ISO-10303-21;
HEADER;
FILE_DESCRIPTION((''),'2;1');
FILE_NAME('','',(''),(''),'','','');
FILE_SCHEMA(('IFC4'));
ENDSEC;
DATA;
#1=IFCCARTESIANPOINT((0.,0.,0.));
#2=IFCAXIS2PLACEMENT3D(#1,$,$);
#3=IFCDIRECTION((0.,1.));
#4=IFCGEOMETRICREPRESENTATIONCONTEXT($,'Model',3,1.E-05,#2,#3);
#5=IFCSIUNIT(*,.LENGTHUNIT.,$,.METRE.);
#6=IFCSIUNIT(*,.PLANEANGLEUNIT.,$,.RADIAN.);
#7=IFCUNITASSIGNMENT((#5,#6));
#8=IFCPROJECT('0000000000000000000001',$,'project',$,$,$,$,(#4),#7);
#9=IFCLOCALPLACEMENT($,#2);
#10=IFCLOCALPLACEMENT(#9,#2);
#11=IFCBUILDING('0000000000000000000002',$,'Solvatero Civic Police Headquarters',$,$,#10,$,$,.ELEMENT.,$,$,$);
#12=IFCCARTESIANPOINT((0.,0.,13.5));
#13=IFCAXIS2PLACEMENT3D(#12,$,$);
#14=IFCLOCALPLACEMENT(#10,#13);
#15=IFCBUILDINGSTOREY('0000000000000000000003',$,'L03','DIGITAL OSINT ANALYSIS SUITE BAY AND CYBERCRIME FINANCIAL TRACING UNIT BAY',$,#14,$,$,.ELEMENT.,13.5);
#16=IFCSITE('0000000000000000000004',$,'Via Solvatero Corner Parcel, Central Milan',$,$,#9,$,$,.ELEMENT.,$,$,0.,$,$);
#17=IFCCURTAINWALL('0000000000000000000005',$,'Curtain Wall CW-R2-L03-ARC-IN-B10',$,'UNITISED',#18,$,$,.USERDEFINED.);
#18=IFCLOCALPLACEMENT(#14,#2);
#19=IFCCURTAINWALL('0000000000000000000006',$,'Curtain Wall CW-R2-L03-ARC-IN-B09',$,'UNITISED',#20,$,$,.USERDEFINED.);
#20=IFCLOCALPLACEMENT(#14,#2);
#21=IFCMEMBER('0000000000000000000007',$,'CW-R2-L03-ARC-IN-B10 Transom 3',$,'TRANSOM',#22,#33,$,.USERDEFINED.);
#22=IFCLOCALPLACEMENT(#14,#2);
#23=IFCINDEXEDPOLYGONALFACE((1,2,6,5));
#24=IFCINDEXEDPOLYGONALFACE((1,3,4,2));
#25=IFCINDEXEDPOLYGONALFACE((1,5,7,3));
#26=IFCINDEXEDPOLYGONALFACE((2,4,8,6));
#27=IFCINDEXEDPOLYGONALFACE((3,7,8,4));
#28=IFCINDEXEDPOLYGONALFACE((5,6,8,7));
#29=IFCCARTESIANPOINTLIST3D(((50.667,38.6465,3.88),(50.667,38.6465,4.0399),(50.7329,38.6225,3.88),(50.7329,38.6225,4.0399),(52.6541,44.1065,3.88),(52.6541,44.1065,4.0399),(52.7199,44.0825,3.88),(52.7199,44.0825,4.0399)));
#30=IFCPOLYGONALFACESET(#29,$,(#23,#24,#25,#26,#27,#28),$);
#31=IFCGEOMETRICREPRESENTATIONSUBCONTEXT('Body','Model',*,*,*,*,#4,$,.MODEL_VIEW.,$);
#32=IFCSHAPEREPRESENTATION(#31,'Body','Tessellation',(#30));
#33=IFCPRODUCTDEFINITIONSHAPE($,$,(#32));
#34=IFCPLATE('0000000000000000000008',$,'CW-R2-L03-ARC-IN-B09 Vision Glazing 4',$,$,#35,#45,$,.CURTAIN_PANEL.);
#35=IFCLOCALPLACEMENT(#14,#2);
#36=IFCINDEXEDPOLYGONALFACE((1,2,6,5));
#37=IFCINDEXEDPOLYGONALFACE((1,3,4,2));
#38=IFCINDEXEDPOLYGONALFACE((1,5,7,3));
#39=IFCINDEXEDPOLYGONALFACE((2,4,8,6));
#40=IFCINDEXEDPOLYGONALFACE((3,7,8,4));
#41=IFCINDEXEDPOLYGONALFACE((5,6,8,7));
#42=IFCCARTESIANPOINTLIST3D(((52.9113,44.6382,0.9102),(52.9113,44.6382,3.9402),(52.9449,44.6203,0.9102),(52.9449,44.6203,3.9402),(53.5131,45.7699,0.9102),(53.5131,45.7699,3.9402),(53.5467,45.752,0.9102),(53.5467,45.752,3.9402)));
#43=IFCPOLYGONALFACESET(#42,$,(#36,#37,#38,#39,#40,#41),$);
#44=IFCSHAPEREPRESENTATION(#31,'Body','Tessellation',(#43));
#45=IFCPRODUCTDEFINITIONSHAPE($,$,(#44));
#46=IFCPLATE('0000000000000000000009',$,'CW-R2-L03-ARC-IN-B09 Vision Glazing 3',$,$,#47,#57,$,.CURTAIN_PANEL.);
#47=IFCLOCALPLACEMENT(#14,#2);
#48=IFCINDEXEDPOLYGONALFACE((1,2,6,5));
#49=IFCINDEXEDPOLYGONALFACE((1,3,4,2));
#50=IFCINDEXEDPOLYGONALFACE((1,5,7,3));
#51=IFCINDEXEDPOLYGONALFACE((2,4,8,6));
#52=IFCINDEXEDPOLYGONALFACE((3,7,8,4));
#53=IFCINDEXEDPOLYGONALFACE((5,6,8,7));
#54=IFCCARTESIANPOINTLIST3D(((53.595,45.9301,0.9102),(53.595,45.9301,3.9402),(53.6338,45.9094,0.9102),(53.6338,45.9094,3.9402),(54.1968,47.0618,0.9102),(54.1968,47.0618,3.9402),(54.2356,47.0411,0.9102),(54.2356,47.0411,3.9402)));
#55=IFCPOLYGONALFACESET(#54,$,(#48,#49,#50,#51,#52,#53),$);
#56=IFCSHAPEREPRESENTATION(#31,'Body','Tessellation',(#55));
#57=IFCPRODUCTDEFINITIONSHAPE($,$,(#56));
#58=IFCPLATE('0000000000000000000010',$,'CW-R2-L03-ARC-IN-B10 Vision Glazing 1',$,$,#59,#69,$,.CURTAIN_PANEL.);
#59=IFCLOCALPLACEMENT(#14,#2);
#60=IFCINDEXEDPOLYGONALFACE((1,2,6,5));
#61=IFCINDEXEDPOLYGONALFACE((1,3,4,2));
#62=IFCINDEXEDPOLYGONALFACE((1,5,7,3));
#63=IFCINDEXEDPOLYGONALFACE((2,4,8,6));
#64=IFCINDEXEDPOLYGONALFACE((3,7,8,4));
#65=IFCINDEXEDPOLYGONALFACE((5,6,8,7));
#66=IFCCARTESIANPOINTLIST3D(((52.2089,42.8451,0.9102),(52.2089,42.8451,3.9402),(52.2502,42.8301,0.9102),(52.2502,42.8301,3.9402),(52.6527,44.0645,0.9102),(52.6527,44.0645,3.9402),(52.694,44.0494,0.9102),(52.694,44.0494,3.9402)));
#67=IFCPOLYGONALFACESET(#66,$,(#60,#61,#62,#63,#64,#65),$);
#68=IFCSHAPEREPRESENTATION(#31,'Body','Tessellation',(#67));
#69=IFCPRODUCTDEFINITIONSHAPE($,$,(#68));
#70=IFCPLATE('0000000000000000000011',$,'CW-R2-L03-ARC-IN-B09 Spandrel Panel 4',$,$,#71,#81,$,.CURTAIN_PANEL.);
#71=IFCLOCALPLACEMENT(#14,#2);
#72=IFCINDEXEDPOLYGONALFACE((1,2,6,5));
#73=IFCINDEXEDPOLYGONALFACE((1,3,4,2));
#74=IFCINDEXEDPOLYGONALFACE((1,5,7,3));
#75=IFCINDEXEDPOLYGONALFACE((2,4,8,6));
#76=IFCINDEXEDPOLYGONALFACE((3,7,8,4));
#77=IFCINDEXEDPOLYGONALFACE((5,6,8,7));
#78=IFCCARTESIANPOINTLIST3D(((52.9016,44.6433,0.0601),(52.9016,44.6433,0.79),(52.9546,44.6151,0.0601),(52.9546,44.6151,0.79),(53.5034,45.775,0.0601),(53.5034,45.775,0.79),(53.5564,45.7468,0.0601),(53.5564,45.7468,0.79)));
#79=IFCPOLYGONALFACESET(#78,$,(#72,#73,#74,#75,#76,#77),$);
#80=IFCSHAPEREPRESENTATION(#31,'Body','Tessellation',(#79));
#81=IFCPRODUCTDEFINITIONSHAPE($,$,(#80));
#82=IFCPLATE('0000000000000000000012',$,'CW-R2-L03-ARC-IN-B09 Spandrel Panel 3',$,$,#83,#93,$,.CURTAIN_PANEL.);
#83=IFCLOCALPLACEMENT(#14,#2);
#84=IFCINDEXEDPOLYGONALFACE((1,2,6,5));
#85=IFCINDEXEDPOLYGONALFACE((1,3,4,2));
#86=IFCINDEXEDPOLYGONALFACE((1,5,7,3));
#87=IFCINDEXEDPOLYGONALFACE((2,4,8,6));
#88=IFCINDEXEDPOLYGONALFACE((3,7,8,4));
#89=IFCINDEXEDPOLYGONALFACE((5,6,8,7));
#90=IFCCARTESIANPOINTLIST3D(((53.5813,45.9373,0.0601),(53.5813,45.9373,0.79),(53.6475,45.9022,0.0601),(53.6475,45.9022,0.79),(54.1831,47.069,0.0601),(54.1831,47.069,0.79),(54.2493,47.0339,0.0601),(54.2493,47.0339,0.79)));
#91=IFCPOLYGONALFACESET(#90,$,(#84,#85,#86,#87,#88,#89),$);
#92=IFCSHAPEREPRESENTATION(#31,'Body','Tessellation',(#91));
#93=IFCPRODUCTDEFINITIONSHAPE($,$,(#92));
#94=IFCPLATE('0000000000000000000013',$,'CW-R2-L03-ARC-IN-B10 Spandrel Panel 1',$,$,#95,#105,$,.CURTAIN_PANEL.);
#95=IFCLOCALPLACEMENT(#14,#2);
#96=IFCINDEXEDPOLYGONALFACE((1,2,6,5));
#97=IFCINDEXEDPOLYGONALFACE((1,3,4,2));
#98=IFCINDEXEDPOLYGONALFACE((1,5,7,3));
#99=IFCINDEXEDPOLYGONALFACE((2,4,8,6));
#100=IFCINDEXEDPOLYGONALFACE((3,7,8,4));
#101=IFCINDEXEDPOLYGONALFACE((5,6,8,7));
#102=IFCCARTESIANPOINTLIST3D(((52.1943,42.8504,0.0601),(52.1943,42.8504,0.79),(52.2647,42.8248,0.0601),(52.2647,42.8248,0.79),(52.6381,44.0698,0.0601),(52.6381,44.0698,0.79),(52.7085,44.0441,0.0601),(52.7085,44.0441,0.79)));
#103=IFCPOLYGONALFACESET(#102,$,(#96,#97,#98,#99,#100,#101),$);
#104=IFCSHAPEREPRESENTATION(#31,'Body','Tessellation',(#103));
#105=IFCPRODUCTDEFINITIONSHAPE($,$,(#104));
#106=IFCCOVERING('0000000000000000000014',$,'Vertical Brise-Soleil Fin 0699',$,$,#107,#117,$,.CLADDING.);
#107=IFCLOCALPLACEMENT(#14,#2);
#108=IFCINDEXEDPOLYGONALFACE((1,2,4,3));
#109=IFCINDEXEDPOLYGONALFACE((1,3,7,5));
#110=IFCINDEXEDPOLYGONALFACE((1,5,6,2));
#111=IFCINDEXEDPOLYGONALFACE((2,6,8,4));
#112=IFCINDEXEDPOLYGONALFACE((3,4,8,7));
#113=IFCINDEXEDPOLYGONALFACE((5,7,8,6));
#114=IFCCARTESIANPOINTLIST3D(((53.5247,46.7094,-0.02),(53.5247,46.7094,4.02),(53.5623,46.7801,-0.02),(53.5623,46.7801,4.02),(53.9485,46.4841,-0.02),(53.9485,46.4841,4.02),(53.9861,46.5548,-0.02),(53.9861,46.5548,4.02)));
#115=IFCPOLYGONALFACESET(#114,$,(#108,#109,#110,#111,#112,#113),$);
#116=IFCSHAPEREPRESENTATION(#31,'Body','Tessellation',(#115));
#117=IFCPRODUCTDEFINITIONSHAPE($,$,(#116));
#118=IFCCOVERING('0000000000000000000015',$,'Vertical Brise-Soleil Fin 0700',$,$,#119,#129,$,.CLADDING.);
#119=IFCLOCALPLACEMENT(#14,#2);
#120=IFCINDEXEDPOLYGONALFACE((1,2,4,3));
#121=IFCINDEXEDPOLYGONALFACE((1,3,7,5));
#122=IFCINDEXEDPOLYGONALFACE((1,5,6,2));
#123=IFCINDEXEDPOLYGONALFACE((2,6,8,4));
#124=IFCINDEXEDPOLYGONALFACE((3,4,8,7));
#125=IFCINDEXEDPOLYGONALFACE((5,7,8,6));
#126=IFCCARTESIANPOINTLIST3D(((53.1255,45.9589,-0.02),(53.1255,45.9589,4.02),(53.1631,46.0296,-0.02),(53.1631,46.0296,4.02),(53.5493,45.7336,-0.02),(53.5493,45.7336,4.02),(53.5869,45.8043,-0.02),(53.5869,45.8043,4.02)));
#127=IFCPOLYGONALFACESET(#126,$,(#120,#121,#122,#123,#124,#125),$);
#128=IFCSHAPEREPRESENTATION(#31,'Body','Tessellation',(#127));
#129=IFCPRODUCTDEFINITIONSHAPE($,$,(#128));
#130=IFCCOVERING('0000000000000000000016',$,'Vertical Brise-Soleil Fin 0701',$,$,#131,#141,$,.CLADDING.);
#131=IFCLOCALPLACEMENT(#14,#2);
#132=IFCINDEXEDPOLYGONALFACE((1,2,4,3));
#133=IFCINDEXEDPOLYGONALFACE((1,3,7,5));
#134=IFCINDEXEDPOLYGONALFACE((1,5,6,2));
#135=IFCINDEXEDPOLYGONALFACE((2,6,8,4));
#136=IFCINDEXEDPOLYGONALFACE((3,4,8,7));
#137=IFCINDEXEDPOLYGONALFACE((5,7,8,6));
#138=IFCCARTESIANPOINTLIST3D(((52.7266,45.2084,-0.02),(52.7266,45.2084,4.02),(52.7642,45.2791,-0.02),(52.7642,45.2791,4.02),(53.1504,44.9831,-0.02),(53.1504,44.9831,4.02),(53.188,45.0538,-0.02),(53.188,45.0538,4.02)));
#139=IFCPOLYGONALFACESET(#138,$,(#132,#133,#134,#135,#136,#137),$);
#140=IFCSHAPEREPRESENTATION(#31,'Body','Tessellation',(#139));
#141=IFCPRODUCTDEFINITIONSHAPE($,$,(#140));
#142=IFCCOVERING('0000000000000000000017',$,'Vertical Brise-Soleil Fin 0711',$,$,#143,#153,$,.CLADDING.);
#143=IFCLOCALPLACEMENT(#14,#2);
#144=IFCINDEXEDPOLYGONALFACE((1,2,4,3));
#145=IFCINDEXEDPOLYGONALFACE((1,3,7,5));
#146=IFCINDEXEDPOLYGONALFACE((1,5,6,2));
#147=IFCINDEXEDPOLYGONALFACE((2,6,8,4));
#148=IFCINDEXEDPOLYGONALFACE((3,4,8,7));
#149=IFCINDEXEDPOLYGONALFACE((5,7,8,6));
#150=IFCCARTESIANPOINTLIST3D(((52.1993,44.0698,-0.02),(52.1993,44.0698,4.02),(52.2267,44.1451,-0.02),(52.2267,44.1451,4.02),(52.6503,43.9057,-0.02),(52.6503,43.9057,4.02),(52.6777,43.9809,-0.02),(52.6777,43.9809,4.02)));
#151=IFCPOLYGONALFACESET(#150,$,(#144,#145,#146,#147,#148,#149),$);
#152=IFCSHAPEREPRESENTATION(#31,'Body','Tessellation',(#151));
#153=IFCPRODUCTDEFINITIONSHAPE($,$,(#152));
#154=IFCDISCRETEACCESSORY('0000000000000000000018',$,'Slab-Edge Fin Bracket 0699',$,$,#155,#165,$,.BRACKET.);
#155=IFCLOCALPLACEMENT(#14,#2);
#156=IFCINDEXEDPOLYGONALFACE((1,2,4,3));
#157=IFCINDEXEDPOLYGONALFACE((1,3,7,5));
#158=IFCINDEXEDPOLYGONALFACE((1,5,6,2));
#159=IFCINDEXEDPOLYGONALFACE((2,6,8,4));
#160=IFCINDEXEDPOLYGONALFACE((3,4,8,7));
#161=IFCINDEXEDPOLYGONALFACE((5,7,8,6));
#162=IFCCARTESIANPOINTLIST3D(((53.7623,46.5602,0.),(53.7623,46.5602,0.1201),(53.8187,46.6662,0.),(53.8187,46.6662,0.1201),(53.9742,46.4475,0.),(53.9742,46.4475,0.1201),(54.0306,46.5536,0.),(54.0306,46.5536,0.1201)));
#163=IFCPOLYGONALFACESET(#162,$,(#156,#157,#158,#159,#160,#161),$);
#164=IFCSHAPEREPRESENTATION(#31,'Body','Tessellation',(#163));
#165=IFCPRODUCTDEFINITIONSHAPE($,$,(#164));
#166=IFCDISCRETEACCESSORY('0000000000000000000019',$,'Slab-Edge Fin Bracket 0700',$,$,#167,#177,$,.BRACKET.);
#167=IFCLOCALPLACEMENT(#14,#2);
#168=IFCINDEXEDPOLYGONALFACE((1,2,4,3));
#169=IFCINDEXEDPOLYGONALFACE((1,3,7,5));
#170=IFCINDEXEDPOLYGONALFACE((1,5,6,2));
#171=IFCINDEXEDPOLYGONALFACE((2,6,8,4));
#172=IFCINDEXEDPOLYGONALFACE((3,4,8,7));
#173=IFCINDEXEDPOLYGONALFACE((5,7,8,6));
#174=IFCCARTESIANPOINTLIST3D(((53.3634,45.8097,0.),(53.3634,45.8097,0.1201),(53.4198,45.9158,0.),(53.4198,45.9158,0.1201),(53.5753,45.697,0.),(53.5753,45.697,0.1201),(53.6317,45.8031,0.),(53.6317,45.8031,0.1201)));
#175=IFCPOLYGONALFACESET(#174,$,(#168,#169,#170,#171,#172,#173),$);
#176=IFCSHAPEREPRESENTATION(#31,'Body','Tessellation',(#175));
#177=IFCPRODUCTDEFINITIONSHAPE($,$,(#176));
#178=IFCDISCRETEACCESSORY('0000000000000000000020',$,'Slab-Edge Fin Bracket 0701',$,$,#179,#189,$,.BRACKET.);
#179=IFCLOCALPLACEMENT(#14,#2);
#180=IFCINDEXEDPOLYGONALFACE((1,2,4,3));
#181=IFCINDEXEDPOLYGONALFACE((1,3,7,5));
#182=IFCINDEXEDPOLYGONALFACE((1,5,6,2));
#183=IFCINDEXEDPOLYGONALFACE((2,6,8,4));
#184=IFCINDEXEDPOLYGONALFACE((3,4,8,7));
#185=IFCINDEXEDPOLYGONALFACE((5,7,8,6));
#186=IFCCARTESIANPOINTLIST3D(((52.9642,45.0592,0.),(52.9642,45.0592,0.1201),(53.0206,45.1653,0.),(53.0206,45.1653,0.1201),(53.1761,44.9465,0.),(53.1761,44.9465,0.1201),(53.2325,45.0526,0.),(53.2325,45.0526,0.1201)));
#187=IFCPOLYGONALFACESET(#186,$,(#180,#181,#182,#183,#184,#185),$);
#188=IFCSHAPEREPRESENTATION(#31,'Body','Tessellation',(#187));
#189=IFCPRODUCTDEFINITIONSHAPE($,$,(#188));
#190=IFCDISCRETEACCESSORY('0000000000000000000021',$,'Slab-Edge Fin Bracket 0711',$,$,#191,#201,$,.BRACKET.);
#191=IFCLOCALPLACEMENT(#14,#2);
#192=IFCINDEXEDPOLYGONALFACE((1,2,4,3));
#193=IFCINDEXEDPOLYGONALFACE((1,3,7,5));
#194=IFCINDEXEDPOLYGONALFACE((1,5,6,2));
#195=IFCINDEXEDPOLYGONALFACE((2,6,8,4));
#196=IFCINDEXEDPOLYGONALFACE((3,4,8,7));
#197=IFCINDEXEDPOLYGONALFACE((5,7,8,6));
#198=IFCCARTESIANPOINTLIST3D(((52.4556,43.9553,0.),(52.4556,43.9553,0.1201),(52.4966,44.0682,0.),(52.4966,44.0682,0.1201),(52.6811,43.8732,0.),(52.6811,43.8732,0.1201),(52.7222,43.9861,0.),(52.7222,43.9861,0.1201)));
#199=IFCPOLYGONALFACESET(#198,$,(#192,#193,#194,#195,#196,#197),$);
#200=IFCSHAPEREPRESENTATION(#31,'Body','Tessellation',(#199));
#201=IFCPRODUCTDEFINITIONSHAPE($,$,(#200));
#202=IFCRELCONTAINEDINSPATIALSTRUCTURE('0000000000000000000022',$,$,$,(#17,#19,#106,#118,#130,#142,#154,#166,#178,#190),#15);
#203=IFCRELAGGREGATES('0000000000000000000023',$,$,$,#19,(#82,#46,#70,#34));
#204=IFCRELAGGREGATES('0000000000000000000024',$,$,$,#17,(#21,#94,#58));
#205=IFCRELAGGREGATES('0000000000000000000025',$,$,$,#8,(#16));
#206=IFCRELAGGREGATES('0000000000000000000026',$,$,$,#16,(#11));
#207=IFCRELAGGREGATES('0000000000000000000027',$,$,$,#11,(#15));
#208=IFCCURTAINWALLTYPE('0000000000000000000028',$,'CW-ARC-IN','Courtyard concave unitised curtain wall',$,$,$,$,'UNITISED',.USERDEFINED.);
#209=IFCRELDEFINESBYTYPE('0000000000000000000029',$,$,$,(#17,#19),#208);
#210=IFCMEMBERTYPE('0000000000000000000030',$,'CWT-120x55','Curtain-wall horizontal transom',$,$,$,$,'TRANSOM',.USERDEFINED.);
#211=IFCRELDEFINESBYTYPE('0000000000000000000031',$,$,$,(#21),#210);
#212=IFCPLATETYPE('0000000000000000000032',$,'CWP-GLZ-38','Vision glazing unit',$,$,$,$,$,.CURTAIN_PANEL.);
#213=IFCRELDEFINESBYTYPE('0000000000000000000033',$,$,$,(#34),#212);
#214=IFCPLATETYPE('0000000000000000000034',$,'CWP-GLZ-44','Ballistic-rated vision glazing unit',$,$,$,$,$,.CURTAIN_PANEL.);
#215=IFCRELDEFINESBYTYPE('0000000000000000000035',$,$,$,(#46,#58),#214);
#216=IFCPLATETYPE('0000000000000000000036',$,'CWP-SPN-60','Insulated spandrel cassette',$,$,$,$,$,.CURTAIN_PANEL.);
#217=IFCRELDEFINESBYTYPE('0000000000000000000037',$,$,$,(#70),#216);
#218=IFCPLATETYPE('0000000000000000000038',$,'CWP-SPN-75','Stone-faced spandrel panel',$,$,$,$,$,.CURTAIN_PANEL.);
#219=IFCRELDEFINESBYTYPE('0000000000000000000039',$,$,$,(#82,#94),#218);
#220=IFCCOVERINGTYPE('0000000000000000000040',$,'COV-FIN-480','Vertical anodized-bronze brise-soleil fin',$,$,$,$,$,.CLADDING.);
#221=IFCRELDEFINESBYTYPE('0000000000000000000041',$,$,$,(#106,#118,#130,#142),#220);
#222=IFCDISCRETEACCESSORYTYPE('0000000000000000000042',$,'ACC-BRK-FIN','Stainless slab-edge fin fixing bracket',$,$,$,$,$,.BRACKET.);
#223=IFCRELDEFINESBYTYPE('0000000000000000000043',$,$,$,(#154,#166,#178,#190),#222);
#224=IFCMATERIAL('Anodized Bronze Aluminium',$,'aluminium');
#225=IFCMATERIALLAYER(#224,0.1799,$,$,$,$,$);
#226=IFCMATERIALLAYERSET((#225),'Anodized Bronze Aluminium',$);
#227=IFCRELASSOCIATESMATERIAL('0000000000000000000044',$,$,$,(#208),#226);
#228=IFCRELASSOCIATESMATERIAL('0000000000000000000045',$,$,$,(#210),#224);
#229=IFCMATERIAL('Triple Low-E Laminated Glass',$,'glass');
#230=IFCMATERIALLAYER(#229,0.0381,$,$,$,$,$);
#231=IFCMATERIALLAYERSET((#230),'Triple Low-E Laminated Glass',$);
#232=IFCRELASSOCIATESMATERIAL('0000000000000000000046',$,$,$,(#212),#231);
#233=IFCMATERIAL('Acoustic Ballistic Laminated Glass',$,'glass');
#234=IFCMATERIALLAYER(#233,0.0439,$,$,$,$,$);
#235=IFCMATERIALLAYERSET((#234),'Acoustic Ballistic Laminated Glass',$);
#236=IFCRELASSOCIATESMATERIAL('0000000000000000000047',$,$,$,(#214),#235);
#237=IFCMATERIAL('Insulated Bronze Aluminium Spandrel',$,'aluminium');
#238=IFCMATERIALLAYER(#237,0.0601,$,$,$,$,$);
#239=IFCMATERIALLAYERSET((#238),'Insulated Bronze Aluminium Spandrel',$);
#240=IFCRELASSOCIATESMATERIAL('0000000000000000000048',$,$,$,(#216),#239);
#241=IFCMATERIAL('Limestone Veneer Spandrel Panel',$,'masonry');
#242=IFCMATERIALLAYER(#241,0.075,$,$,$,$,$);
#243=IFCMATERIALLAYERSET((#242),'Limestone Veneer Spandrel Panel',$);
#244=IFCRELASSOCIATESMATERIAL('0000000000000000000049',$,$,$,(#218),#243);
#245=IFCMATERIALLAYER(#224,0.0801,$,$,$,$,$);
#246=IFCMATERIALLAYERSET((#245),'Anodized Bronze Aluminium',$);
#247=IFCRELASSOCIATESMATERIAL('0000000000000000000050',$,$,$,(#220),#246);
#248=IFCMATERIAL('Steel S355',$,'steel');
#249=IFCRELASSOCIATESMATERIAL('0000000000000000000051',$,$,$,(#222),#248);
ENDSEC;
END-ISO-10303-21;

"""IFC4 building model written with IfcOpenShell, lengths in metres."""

from ifc_helpers import new_model, si_unit, direction, frame, origin, origin_2d, place, context, subcontext, project, spatial, rectangle, extrude, material, layer, layer_set, material_profile, profile_set, type_object, element, aggregate, save


model = new_model("IFC4")

# Units and contexts
model_context = context("Model", 3, precision=1e-05, world=origin(), true_north=direction((0.0, 1.0)))
body_context = subcontext(model_context, "Body", "Model", "MODEL_VIEW")
ifc_project = project(units=[si_unit("LENGTHUNIT", "METRE"), si_unit("PLANEANGLEUNIT", "RADIAN")], contexts=[model_context])

# Site, building, storey
site_placement = place(None, origin())
site = spatial("IfcSite", under=ifc_project, at=site_placement, Name="Via Solvatero Corner Parcel, Central Milan", CompositionType="ELEMENT", RefElevation=0.0)
building_placement = place(site_placement, origin())
building = spatial("IfcBuilding", under=site, at=building_placement, Name="Solvatero Civic Police Headquarters", CompositionType="ELEMENT")
storey_placement = place(building_placement, frame((0.0, 0.0, 13.5)))
storey = spatial("IfcBuildingStorey", under=building, at=storey_placement, Name="L03", Description="DIGITAL OSINT ANALYSIS SUITE BAY AND CYBERCRIME FINANCIAL TRACING UNIT BAY", CompositionType="ELEMENT", Elevation=13.5)

# Shared definitions
ifc_material_1 = material(Name="Steel S355", Category="steel")

# Curtain wall
ifc_material_2 = material(Name="Anodized Bronze Aluminium", Category="aluminium")
ifc_layer_1 = layer(ifc_material_2, 0.1799)
ifc_layer_set_1 = layer_set([ifc_layer_1], Name="Anodized Bronze Aluminium")
curtain_wall_type = type_object("IfcCurtainWallType", Name="CW-ARC-IN", Description="Courtyard concave unitised curtain wall", ElementType="UNITISED", PredefinedType="USERDEFINED", material=ifc_layer_set_1)
curtain_wall_1_placement = place(storey_placement, origin())
curtain_wall_1 = element("IfcCurtainWall", 1, at=curtain_wall_1_placement, inside=storey, type_object=curtain_wall_type, Name="Curtain Wall CW-R2-L03-ARC-IN-B10", ObjectType="UNITISED", PredefinedType="USERDEFINED")

# Curtain wall
curtain_wall_2_placement = place(storey_placement, origin())
curtain_wall_2 = element("IfcCurtainWall", 2, at=curtain_wall_2_placement, inside=storey, type_object=curtain_wall_type, Name="Curtain Wall CW-R2-L03-ARC-IN-B09", ObjectType="UNITISED", PredefinedType="USERDEFINED")

# Member
ifc_material_profile_1 = material_profile(ifc_material_2, rectangle(XDim=0.0701, YDim=0.1599, at=origin_2d()), Name="ALU TRANSOM 70x160")
ifc_profile_set_1 = profile_set([ifc_material_profile_1], Name="Anodized Bronze Aluminium")
member_type_1 = type_object("IfcMemberType", Name="CWT-120x55", Description="Curtain-wall horizontal transom", ElementType="TRANSOM", PredefinedType="USERDEFINED", material=ifc_profile_set_1)
member_1_placement = place(storey_placement, frame((52.687, 44.0945, 3.96), z_axis=(-0.341989, -0.939704, 0.0), x_axis=(0.939704, -0.341989, 0.0)))
member_1 = element("IfcMember", 3, at=member_1_placement, type_object=member_type_1, Name="CW-R2-L03-ARC-IN-B10 Transom 3", ObjectType="TRANSOM", PredefinedType="USERDEFINED", context=body_context, shape_type="SweptSolid", body=[
    extrude(rectangle(XDim=0.0701, YDim=0.1599, at=origin_2d()), origin(), (0.0, 0.0, 1.0), 5.8103),
])

# Plates
ifc_material_3 = material(Name="Triple Low-E Laminated Glass", Category="glass")
ifc_layer_2 = layer(ifc_material_3, 0.0381)
ifc_layer_set_2 = layer_set([ifc_layer_2], Name="Triple Low-E Laminated Glass")
plate_type_1 = type_object("IfcPlateType", Name="CWP-GLZ-38", Description="Vision glazing unit", PredefinedType="CURTAIN_PANEL", material=ifc_layer_set_2)
plate_1_placement = place(storey_placement, frame((53.229, 45.1951, 0.9102), z_axis=(0.0, 0.0, 1.0), x_axis=(-0.469487, -0.882939, 0.0)))
plate_1 = element("IfcPlate", 4, at=plate_1_placement, type_object=plate_type_1, Name="CW-R2-L03-ARC-IN-B09 Vision Glazing 4", PredefinedType="CURTAIN_PANEL", context=body_context, shape_type="SweptSolid", body=[
    extrude(rectangle(XDim=1.2817, YDim=0.0381, at=origin_2d()), origin(), (0.0, 0.0, 1.0), 3.03),
])
ifc_material_4 = material(Name="Acoustic Ballistic Laminated Glass", Category="glass")
ifc_layer_3 = layer(ifc_material_4, 0.0439)
ifc_layer_set_3 = layer_set([ifc_layer_3], Name="Acoustic Ballistic Laminated Glass")
plate_type_2 = type_object("IfcPlateType", Name="CWP-GLZ-44", Description="Ballistic-rated vision glazing unit", PredefinedType="CURTAIN_PANEL", material=ifc_layer_set_3)
plate_2_placement = place(storey_placement, frame((53.9153, 46.4856, 0.9102), z_axis=(0.0, 0.0, 1.0), x_axis=(-0.469487, -0.882939, 0.0)))
plate_2 = element("IfcPlate", 5, at=plate_2_placement, type_object=plate_type_2, Name="CW-R2-L03-ARC-IN-B09 Vision Glazing 3", PredefinedType="CURTAIN_PANEL", context=body_context, shape_type="SweptSolid", body=[
    extrude(rectangle(XDim=1.2817, YDim=0.0439, at=origin_2d()), origin(), (0.0, 0.0, 1.0), 3.03),
])
plate_3_placement = place(storey_placement, frame((52.4514, 43.4473, 0.9102), z_axis=(0.0, 0.0, 1.0), x_axis=(-0.34202, -0.939693, 0.0)))
plate_3 = element("IfcPlate", 6, at=plate_3_placement, type_object=plate_type_2, Name="CW-R2-L03-ARC-IN-B10 Vision Glazing 1", PredefinedType="CURTAIN_PANEL", context=body_context, shape_type="SweptSolid", body=[
    extrude(rectangle(XDim=1.2976, YDim=0.0439, at=origin_2d()), origin(), (0.0, 0.0, 1.0), 3.03),
])
ifc_material_5 = material(Name="Insulated Bronze Aluminium Spandrel", Category="aluminium")
ifc_layer_4 = layer(ifc_material_5, 0.0601)
ifc_layer_set_4 = layer_set([ifc_layer_4], Name="Insulated Bronze Aluminium Spandrel")
plate_type_3 = type_object("IfcPlateType", Name="CWP-SPN-60", Description="Insulated spandrel cassette", PredefinedType="CURTAIN_PANEL", material=ifc_layer_set_4)
plate_4_placement = place(storey_placement, frame((53.229, 45.1951, 0.0601), z_axis=(0.0, 0.0, 1.0), x_axis=(-0.469487, -0.882939, 0.0)))
plate_4 = element("IfcPlate", 7, at=plate_4_placement, type_object=plate_type_3, Name="CW-R2-L03-ARC-IN-B09 Spandrel Panel 4", PredefinedType="CURTAIN_PANEL", context=body_context, shape_type="SweptSolid", body=[
    extrude(rectangle(XDim=1.2817, YDim=0.0601, at=origin_2d()), origin(), (0.0, 0.0, 1.0), 0.73),
])
ifc_material_6 = material(Name="Limestone Veneer Spandrel Panel", Category="masonry")
ifc_layer_5 = layer(ifc_material_6, 0.075)
ifc_layer_set_5 = layer_set([ifc_layer_5], Name="Limestone Veneer Spandrel Panel")
plate_type_4 = type_object("IfcPlateType", Name="CWP-SPN-75", Description="Stone-faced spandrel panel", PredefinedType="CURTAIN_PANEL", material=ifc_layer_set_5)
plate_5_placement = place(storey_placement, frame((53.9153, 46.4856, 0.0601), z_axis=(0.0, 0.0, 1.0), x_axis=(-0.469487, -0.882939, 0.0)))
plate_5 = element("IfcPlate", 8, at=plate_5_placement, type_object=plate_type_4, Name="CW-R2-L03-ARC-IN-B09 Spandrel Panel 3", PredefinedType="CURTAIN_PANEL", context=body_context, shape_type="SweptSolid", body=[
    extrude(rectangle(XDim=1.2817, YDim=0.075, at=origin_2d()), origin(), (0.0, 0.0, 1.0), 0.73),
])
aggregate(curtain_wall_2, [plate_5, plate_2, plate_4, plate_1])
plate_6_placement = place(storey_placement, frame((52.4514, 43.4473, 0.0601), z_axis=(0.0, 0.0, 1.0), x_axis=(-0.34202, -0.939693, 0.0)))
plate_6 = element("IfcPlate", 9, at=plate_6_placement, type_object=plate_type_4, Name="CW-R2-L03-ARC-IN-B10 Spandrel Panel 1", PredefinedType="CURTAIN_PANEL", context=body_context, shape_type="SweptSolid", body=[
    extrude(rectangle(XDim=1.2976, YDim=0.075, at=origin_2d()), origin(), (0.0, 0.0, 1.0), 0.73),
])
aggregate(curtain_wall_1, [member_1, plate_6, plate_3])

# Coverings
ifc_layer_6 = layer(ifc_material_2, 0.0801)
ifc_layer_set_6 = layer_set([ifc_layer_6], Name="Anodized Bronze Aluminium")
covering_type = type_object("IfcCoveringType", Name="COV-FIN-480", Description="Vertical anodized-bronze brise-soleil fin", PredefinedType="CLADDING", material=ifc_layer_set_6)
for number, where, z_axis, x_axis, name in (
    (10, (53.7554, 46.6321, -0.02), (0.0, 0.0, 1.0), (-0.469487, -0.882939, 0.0), "Vertical Brise-Soleil Fin 0699"),
    (11, (53.3562, 45.8816, -0.02), (0.0, 0.0, 1.0), (-0.469487, -0.882939, 0.0), "Vertical Brise-Soleil Fin 0700"),
    (12, (52.9573, 45.1311, -0.02), (0.0, 0.0, 1.0), (-0.469487, -0.882939, 0.0), "Vertical Brise-Soleil Fin 0701"),
    (13, (52.4385, 44.0254, -0.02), (0.0, 0.0, 1.0), (-0.34202, -0.939693, 0.0), "Vertical Brise-Soleil Fin 0711"),
):
    element("IfcCovering", number, at=place(storey_placement, frame(where, z_axis=z_axis, x_axis=x_axis)), inside=storey, type_object=covering_type, Name=name, PredefinedType="CLADDING", context=body_context, shape_type="SweptSolid", body=[
        extrude(rectangle(XDim=0.0801, YDim=0.48, at=origin_2d()), origin(), (0.0, 0.0, 1.0), 4.04),
    ])

# Discrete accessories
discrete_accessory_type = type_object("IfcDiscreteAccessoryType", Name="ACC-BRK-FIN", Description="Stainless slab-edge fin fixing bracket", PredefinedType="BRACKET", material=ifc_material_1)
for number, where, z_axis, x_axis, name in (
    (14, (53.8965, 46.5569, 0.0), (0.0, 0.0, 1.0), (-0.469487, -0.882939, 0.0), "Slab-Edge Fin Bracket 0699"),
    (15, (53.4976, 45.8064, 0.0), (0.0, 0.0, 1.0), (-0.469487, -0.882939, 0.0), "Slab-Edge Fin Bracket 0700"),
    (16, (53.0984, 45.0559, 0.0), (0.0, 0.0, 1.0), (-0.469487, -0.882939, 0.0), "Slab-Edge Fin Bracket 0701"),
    (17, (52.5889, 43.9707, 0.0), (0.0, 0.0, 1.0), (-0.34202, -0.939693, 0.0), "Slab-Edge Fin Bracket 0711"),
):
    element("IfcDiscreteAccessory", number, at=place(storey_placement, frame(where, z_axis=z_axis, x_axis=x_axis)), inside=storey, type_object=discrete_accessory_type, Name=name, PredefinedType="BRACKET", context=body_context, shape_type="SweptSolid", body=[
        extrude(rectangle(XDim=0.1201, YDim=0.24, at=origin_2d()), origin(), (0.0, 0.0, 1.0), 0.1201),
    ])

save(model, "model.ifc")
